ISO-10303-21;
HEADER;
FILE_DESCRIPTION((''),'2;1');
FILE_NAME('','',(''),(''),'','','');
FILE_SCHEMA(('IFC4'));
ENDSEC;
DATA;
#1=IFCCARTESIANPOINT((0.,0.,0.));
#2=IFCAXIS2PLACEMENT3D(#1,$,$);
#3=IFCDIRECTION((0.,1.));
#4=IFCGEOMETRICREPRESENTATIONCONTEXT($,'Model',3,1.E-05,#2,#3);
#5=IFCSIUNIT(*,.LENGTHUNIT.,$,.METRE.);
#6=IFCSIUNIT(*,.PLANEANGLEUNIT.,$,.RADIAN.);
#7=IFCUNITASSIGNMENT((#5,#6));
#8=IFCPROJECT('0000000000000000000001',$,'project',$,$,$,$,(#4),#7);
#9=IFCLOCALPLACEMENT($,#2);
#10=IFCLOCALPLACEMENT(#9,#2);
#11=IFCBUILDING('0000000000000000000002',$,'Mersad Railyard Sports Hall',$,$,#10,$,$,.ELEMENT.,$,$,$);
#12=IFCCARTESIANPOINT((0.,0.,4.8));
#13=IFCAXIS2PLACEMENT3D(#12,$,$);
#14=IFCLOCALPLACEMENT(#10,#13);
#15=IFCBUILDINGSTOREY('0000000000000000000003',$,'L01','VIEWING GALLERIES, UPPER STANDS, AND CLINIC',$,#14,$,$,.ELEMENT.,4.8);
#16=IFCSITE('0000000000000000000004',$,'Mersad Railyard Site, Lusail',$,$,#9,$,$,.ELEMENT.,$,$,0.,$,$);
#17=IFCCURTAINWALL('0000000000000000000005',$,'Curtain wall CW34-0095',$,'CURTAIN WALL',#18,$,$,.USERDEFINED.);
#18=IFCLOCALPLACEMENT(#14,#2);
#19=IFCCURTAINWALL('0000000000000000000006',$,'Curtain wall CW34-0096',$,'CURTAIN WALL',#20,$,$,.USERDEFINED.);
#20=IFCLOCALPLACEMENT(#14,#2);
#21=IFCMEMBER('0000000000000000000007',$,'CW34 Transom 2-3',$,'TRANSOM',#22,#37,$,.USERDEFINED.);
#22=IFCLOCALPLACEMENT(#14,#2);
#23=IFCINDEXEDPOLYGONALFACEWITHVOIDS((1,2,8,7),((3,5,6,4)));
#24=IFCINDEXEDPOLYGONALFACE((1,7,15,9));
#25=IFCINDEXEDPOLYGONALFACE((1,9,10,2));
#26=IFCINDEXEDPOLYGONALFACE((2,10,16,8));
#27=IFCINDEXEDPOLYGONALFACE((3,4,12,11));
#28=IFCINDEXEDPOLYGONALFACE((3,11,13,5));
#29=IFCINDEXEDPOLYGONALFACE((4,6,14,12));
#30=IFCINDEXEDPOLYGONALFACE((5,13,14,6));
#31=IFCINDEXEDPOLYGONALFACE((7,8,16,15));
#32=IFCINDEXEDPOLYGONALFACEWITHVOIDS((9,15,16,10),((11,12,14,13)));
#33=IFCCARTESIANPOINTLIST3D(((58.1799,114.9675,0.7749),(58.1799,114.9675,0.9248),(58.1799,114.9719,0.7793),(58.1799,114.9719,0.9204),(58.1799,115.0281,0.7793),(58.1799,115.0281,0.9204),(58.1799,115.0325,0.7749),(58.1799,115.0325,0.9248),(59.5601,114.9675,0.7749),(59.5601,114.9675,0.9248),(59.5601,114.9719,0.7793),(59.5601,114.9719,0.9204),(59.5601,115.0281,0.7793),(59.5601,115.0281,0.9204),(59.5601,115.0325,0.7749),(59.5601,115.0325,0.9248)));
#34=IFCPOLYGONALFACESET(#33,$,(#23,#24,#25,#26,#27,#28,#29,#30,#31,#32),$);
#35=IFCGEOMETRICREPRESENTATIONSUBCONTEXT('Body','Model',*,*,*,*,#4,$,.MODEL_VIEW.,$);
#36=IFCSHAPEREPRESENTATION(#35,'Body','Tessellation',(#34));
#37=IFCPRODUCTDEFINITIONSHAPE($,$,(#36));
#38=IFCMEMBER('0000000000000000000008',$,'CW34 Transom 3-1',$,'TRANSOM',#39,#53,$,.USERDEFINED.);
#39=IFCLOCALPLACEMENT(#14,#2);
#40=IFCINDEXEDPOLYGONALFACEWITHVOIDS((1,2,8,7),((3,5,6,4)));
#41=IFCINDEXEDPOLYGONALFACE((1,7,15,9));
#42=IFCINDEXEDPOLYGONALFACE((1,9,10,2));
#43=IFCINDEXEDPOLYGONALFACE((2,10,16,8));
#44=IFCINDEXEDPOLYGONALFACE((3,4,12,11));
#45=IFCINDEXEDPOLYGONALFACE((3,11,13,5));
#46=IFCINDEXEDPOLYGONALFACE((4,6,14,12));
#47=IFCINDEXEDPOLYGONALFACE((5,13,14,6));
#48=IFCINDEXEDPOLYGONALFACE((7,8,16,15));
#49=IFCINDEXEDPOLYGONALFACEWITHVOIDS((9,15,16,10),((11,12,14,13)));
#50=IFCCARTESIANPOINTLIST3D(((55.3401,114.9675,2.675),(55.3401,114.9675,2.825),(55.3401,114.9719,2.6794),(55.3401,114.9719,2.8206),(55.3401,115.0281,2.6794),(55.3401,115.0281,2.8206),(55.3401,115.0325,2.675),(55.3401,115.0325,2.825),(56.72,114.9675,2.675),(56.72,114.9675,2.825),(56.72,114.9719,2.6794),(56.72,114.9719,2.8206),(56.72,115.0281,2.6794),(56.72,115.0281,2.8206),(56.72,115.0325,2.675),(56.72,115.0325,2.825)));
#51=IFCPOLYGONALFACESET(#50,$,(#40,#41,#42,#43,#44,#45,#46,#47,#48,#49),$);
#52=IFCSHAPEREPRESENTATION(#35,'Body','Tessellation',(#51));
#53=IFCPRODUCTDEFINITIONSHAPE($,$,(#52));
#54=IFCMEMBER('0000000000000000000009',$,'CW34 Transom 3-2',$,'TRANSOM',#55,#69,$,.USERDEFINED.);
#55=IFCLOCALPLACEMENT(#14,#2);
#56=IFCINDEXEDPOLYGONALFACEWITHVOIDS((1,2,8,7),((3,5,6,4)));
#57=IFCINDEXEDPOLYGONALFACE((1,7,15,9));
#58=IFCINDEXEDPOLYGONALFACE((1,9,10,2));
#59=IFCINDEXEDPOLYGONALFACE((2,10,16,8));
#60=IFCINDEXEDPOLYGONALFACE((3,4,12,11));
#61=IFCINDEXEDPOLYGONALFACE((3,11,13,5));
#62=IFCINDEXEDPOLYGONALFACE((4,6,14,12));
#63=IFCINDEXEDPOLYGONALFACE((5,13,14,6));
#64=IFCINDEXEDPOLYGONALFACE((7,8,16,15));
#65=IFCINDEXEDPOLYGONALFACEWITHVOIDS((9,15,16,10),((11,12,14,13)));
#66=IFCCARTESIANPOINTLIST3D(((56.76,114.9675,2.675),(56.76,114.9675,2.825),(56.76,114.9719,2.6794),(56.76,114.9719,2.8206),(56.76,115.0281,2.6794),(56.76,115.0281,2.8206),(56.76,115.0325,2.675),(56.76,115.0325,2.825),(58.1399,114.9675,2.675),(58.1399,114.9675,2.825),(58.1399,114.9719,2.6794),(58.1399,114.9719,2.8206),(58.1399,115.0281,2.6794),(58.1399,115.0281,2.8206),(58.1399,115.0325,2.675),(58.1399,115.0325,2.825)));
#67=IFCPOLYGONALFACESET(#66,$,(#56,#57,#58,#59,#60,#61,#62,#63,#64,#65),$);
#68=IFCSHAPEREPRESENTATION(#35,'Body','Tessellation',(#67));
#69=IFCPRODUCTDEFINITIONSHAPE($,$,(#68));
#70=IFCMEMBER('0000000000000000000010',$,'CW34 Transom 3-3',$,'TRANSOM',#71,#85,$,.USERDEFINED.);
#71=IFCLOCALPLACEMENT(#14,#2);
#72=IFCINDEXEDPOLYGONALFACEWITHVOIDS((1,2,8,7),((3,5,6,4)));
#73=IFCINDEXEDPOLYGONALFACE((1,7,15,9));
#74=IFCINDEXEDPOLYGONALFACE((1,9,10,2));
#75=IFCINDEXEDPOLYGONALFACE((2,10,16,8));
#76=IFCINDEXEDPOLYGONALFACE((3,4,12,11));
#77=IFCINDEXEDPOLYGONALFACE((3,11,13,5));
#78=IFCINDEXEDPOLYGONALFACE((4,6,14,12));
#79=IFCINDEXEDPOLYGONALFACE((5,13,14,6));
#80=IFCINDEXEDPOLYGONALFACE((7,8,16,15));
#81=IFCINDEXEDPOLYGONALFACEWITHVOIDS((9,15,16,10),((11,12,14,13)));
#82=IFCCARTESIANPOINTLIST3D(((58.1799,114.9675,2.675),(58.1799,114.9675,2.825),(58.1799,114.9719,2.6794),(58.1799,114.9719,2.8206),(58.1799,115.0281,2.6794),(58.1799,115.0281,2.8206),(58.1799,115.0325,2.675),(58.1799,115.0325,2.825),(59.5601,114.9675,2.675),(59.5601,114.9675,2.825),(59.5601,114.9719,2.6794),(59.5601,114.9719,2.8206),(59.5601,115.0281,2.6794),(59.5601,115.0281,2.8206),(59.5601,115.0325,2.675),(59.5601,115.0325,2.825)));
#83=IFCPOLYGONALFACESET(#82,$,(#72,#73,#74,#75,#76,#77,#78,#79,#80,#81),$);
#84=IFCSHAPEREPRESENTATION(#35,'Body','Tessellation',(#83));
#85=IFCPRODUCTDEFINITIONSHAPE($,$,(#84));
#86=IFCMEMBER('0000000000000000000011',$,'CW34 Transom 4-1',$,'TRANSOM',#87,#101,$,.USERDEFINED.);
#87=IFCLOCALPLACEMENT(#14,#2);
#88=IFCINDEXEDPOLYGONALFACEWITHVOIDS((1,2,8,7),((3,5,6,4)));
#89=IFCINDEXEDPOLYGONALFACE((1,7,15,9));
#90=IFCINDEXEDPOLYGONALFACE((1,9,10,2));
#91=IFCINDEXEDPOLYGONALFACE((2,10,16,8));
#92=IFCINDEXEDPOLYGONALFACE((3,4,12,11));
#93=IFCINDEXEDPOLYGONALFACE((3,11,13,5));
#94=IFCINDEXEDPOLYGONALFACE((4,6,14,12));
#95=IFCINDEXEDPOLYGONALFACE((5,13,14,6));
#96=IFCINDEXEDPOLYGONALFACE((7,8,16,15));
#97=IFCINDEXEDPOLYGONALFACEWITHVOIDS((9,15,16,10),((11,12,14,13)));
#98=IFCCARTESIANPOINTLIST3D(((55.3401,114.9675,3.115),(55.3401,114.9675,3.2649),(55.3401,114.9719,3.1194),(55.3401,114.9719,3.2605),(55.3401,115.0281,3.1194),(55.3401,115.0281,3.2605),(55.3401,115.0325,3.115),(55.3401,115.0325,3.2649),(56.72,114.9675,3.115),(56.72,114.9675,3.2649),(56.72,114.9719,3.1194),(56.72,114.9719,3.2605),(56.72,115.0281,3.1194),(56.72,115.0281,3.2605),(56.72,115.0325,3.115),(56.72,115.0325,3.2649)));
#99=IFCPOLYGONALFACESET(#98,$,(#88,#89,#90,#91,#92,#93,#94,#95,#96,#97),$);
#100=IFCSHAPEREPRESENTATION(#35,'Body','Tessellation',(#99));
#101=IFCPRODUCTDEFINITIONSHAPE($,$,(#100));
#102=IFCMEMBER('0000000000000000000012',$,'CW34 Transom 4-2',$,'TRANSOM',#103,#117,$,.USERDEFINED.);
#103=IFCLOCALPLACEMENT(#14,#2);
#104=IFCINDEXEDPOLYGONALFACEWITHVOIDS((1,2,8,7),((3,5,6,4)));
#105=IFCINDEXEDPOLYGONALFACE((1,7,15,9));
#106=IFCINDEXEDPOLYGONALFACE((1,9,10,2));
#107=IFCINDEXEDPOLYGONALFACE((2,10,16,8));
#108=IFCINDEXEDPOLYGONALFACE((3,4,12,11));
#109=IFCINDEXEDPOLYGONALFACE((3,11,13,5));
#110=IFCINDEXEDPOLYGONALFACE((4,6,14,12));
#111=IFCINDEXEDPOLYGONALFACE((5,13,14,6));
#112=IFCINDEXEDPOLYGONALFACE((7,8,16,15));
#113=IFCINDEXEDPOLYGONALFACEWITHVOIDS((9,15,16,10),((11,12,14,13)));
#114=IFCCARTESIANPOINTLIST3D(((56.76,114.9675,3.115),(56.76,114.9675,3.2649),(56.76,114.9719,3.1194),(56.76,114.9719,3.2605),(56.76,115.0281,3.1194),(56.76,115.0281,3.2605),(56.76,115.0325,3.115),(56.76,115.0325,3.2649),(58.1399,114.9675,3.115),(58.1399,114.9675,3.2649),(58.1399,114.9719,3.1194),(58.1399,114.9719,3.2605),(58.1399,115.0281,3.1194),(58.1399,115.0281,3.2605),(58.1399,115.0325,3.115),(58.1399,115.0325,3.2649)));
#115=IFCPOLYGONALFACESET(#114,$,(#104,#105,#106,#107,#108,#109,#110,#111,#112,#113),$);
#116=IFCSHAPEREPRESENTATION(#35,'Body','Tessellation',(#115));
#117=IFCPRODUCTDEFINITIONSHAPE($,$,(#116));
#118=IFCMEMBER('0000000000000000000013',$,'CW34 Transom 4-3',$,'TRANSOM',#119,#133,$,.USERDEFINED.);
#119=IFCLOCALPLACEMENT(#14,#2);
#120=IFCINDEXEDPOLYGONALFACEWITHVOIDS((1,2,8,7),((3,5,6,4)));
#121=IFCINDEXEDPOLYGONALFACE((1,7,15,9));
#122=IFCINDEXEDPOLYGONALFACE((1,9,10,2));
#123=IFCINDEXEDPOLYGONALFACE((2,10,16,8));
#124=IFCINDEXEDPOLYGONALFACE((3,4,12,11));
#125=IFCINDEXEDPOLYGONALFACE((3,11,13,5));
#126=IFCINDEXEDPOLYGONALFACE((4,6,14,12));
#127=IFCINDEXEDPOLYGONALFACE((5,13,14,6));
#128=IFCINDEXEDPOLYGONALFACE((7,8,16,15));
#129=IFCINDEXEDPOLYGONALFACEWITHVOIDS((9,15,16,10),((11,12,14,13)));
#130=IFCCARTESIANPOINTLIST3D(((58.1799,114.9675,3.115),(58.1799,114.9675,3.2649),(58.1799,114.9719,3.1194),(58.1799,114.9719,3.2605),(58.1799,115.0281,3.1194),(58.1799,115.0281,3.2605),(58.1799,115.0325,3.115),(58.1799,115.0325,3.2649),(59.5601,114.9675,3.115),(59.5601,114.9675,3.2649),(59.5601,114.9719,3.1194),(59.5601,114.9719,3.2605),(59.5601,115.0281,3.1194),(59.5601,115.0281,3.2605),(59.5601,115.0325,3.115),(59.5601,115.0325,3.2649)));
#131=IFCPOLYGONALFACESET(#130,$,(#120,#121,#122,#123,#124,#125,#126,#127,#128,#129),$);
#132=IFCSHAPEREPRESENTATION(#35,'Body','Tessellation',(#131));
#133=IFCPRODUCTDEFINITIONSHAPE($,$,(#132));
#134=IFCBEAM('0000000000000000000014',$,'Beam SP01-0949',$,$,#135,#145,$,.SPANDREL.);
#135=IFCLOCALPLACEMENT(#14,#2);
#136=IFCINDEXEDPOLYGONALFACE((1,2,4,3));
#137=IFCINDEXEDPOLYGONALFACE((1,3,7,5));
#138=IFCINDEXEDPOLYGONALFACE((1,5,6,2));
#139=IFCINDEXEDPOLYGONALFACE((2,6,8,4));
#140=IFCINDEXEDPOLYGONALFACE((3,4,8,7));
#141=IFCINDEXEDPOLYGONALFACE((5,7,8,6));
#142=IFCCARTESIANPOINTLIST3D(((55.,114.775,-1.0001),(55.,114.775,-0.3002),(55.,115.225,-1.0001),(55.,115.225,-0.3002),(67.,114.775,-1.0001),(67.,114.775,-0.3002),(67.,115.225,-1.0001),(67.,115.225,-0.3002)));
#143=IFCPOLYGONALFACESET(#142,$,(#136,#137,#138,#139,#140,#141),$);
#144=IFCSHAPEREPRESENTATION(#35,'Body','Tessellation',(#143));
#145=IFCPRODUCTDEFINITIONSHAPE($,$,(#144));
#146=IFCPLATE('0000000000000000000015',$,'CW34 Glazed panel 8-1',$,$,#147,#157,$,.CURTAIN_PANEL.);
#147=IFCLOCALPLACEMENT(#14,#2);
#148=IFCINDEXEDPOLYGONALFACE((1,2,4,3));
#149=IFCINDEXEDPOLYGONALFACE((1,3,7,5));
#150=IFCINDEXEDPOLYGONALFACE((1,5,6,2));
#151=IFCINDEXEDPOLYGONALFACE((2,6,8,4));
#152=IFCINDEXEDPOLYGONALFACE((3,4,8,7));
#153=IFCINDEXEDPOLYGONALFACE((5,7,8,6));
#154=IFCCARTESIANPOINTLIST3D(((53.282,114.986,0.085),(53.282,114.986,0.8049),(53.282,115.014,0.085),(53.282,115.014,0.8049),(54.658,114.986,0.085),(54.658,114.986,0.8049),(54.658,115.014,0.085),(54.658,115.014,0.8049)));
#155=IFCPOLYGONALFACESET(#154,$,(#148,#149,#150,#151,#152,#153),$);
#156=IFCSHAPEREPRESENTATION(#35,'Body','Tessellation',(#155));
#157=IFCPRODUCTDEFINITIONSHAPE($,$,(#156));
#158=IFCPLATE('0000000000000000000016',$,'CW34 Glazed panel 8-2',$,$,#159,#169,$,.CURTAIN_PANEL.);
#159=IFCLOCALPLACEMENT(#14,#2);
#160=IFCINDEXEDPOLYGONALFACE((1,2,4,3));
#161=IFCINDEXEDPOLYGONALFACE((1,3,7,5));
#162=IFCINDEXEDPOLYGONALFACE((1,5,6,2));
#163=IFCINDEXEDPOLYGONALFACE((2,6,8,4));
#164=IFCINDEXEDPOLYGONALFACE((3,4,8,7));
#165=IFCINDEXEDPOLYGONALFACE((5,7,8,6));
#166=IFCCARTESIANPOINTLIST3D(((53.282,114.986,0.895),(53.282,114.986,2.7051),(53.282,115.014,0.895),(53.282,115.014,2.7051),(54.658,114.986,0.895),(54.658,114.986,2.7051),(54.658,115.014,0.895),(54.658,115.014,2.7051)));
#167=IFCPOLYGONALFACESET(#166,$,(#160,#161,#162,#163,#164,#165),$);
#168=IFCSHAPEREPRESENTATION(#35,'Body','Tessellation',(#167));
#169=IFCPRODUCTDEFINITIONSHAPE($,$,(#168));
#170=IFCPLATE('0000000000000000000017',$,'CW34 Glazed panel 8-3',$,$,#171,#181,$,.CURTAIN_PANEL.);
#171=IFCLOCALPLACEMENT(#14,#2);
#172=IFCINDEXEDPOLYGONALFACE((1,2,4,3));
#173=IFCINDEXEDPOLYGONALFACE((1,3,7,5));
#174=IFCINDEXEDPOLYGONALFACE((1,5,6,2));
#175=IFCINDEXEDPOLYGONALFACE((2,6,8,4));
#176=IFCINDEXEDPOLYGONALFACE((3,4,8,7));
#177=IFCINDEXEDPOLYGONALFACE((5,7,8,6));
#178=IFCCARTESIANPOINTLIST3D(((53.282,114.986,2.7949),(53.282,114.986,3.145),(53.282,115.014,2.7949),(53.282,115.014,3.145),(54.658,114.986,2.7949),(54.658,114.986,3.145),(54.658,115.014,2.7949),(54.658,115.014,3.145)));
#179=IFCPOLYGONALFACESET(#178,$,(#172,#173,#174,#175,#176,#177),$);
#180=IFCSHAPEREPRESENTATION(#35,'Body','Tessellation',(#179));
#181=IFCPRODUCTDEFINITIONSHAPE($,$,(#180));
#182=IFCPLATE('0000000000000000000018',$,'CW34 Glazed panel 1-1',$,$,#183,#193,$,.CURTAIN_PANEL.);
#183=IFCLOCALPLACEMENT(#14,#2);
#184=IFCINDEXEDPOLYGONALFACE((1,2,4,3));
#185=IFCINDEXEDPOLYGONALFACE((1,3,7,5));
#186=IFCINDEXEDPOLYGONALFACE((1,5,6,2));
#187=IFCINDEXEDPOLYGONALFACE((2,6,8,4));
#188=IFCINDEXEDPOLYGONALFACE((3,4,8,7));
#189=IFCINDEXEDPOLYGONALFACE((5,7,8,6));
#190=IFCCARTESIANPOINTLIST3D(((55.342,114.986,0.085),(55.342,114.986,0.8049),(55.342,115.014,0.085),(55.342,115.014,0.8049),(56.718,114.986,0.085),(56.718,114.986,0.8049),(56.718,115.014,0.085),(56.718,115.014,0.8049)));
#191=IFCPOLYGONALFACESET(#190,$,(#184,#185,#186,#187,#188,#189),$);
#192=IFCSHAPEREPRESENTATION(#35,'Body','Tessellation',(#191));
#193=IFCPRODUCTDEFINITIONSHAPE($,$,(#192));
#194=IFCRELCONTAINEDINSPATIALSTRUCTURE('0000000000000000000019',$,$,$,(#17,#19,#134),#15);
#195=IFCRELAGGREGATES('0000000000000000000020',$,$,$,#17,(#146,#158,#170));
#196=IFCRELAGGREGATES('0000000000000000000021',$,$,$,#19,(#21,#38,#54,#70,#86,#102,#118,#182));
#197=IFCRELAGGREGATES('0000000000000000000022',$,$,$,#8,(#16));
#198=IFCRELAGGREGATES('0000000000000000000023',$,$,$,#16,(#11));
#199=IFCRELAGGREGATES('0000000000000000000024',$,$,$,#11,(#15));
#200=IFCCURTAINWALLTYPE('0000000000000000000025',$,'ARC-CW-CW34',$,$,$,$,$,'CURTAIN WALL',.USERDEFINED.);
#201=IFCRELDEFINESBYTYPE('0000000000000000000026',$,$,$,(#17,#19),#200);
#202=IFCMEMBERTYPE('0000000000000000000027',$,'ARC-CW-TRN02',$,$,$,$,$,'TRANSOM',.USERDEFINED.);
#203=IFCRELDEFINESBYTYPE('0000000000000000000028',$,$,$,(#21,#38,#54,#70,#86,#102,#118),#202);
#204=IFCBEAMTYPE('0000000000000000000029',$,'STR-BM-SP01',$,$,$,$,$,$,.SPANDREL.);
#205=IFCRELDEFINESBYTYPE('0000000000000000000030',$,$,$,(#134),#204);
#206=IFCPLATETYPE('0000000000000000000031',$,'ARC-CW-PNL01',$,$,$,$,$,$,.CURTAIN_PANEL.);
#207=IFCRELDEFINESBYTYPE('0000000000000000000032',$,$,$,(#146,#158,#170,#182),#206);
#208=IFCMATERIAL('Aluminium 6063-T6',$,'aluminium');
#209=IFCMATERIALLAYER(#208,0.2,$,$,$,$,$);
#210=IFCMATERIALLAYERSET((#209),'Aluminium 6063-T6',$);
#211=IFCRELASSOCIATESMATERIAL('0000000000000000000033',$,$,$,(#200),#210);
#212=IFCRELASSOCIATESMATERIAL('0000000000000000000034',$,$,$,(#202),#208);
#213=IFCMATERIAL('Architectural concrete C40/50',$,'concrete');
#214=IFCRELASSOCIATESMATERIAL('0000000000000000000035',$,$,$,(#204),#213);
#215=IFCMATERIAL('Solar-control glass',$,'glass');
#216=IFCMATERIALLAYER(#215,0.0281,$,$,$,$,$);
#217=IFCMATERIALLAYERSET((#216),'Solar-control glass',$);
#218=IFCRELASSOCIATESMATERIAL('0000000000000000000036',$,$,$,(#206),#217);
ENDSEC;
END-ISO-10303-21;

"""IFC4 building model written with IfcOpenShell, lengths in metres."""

from ifc_helpers import new_model, si_unit, direction, frame, origin, origin_2d, place, context, subcontext, project, spatial, rectangle, hollow_rectangle, extrude, material, layer, layer_set, material_profile, profile_set, type_object, element, aggregate, save


model = new_model("IFC4")

# Units and contexts
model_context = context("Model", 3, precision=1e-05, world=origin(), true_north=direction((0.0, 1.0)))
body_context = subcontext(model_context, "Body", "Model", "MODEL_VIEW")
ifc_project = project(units=[si_unit("LENGTHUNIT", "METRE"), si_unit("PLANEANGLEUNIT", "RADIAN")], contexts=[model_context])

# Site, building, storey
site_placement = place(None, origin())
site = spatial("IfcSite", under=ifc_project, at=site_placement, Name="Mersad Railyard Site, Lusail", CompositionType="ELEMENT", RefElevation=0.0)
building_placement = place(site_placement, origin())
building = spatial("IfcBuilding", under=site, at=building_placement, Name="Mersad Railyard Sports Hall", CompositionType="ELEMENT")
storey_placement = place(building_placement, frame((0.0, 0.0, 4.8)))
storey = spatial("IfcBuildingStorey", under=building, at=storey_placement, Name="L01", Description="VIEWING GALLERIES, UPPER STANDS, AND CLINIC", CompositionType="ELEMENT", Elevation=4.8)

# Curtain wall
ifc_material_1 = material(Name="Aluminium 6063-T6", Category="aluminium")
ifc_layer_1 = layer(ifc_material_1, 0.2)
ifc_layer_set_1 = layer_set([ifc_layer_1], Name="Aluminium 6063-T6")
curtain_wall_type = type_object("IfcCurtainWallType", Name="ARC-CW-CW34", ElementType="CURTAIN WALL", PredefinedType="USERDEFINED", material=ifc_layer_set_1)
curtain_wall_1_placement = place(storey_placement, origin())
curtain_wall_1 = element("IfcCurtainWall", 1, at=curtain_wall_1_placement, inside=storey, type_object=curtain_wall_type, Name="Curtain wall CW34-0095", ObjectType="CURTAIN WALL", PredefinedType="USERDEFINED")

# Curtain wall, members
curtain_wall_2_placement = place(storey_placement, origin())
curtain_wall_2 = element("IfcCurtainWall", 2, at=curtain_wall_2_placement, inside=storey, type_object=curtain_wall_type, Name="Curtain wall CW34-0096", ObjectType="CURTAIN WALL", PredefinedType="USERDEFINED")
ifc_material_profile_1 = material_profile(ifc_material_1, hollow_rectangle(XDim=0.0649, YDim=0.1499, WallThickness=0.0044, at=origin_2d()), Name="AL TRANSOM 65x150x4.5")
ifc_profile_set_1 = profile_set([ifc_material_profile_1], Name="Aluminium 6063-T6")
member_type_1 = type_object("IfcMemberType", Name="ARC-CW-TRN02", ElementType="TRANSOM", PredefinedType="USERDEFINED", material=ifc_profile_set_1)
member_1_placement = place(storey_placement, frame((58.1799, 115.0, 0.8499), z_axis=(1.0, 0.0, 0.0), x_axis=(0.0, 1.0, 0.0)))
member_1 = element("IfcMember", 3, at=member_1_placement, type_object=member_type_1, Name="CW34 Transom 2-3", ObjectType="TRANSOM", PredefinedType="USERDEFINED", context=body_context, shape_type="SweptSolid", body=[
    extrude(hollow_rectangle(XDim=0.0649, YDim=0.1499, WallThickness=0.0044, at=origin_2d()), origin(), (0.0, 0.0, 1.0), 1.3801),
])
member_2_placement = place(storey_placement, frame((55.3401, 115.0, 2.75), z_axis=(1.0, 0.0, 0.0), x_axis=(0.0, 1.0, 0.0)))
member_2 = element("IfcMember", 4, at=member_2_placement, type_object=member_type_1, Name="CW34 Transom 3-1", ObjectType="TRANSOM", PredefinedType="USERDEFINED", context=body_context, shape_type="SweptSolid", body=[
    extrude(hollow_rectangle(XDim=0.0649, YDim=0.1499, WallThickness=0.0044, at=origin_2d()), origin(), (0.0, 0.0, 1.0), 1.3799),
])
member_3_placement = place(storey_placement, frame((56.76, 115.0, 2.75), z_axis=(1.0, 0.0, 0.0), x_axis=(0.0, 1.0, 0.0)))
member_3 = element("IfcMember", 5, at=member_3_placement, type_object=member_type_1, Name="CW34 Transom 3-2", ObjectType="TRANSOM", PredefinedType="USERDEFINED", context=body_context, shape_type="SweptSolid", body=[
    extrude(hollow_rectangle(XDim=0.0649, YDim=0.1499, WallThickness=0.0044, at=origin_2d()), origin(), (0.0, 0.0, 1.0), 1.3799),
])
member_4_placement = place(storey_placement, frame((58.1799, 115.0, 2.75), z_axis=(1.0, 0.0, 0.0), x_axis=(0.0, 1.0, 0.0)))
member_4 = element("IfcMember", 6, at=member_4_placement, type_object=member_type_1, Name="CW34 Transom 3-3", ObjectType="TRANSOM", PredefinedType="USERDEFINED", context=body_context, shape_type="SweptSolid", body=[
    extrude(hollow_rectangle(XDim=0.0649, YDim=0.1499, WallThickness=0.0044, at=origin_2d()), origin(), (0.0, 0.0, 1.0), 1.3801),
])
member_5_placement = place(storey_placement, frame((55.3401, 115.0, 3.1899), z_axis=(1.0, 0.0, 0.0), x_axis=(0.0, 1.0, 0.0)))
member_5 = element("IfcMember", 7, at=member_5_placement, type_object=member_type_1, Name="CW34 Transom 4-1", ObjectType="TRANSOM", PredefinedType="USERDEFINED", context=body_context, shape_type="SweptSolid", body=[
    extrude(hollow_rectangle(XDim=0.0649, YDim=0.1499, WallThickness=0.0044, at=origin_2d()), origin(), (0.0, 0.0, 1.0), 1.3799),
])
member_6_placement = place(storey_placement, frame((56.76, 115.0, 3.1899), z_axis=(1.0, 0.0, 0.0), x_axis=(0.0, 1.0, 0.0)))
member_6 = element("IfcMember", 8, at=member_6_placement, type_object=member_type_1, Name="CW34 Transom 4-2", ObjectType="TRANSOM", PredefinedType="USERDEFINED", context=body_context, shape_type="SweptSolid", body=[
    extrude(hollow_rectangle(XDim=0.0649, YDim=0.1499, WallThickness=0.0044, at=origin_2d()), origin(), (0.0, 0.0, 1.0), 1.3799),
])
member_7_placement = place(storey_placement, frame((58.1799, 115.0, 3.1899), z_axis=(1.0, 0.0, 0.0), x_axis=(0.0, 1.0, 0.0)))
member_7 = element("IfcMember", 9, at=member_7_placement, type_object=member_type_1, Name="CW34 Transom 4-3", ObjectType="TRANSOM", PredefinedType="USERDEFINED", context=body_context, shape_type="SweptSolid", body=[
    extrude(hollow_rectangle(XDim=0.0649, YDim=0.1499, WallThickness=0.0044, at=origin_2d()), origin(), (0.0, 0.0, 1.0), 1.3801),
])

# Beam
ifc_material_2 = material(Name="Architectural concrete C40/50", Category="concrete")
ifc_material_profile_2 = material_profile(ifc_material_2, rectangle(XDim=0.45, YDim=0.7, at=origin_2d()), Name="RC 450x700")
ifc_profile_set_2 = profile_set([ifc_material_profile_2], Name="Architectural concrete C40/50")
beam_type = type_object("IfcBeamType", Name="STR-BM-SP01", PredefinedType="SPANDREL", material=ifc_profile_set_2)
beam_placement = place(storey_placement, frame((55.0, 115.0, -0.6501), z_axis=(1.0, 0.0, 0.0), x_axis=(0.0, 1.0, 0.0)))
element("IfcBeam", 10, at=beam_placement, inside=storey, type_object=beam_type, Name="Beam SP01-0949", PredefinedType="SPANDREL", context=body_context, shape_type="SweptSolid", body=[
    extrude(rectangle(XDim=0.45, YDim=0.7, at=origin_2d()), origin(), (0.0, 0.0, 1.0), 12.0),
])

# Plates
ifc_material_3 = material(Name="Solar-control glass", Category="glass")
ifc_layer_2 = layer(ifc_material_3, 0.0281)
ifc_layer_set_2 = layer_set([ifc_layer_2], Name="Solar-control glass")
plate_type = type_object("IfcPlateType", Name="ARC-CW-PNL01", PredefinedType="CURTAIN_PANEL", material=ifc_layer_set_2)
plate_1_placement = place(storey_placement, frame((53.97, 115.0, 0.085), z_axis=(0.0, 0.0, 1.0), x_axis=(1.0, 0.0, 0.0)))
plate_1 = element("IfcPlate", 11, at=plate_1_placement, type_object=plate_type, Name="CW34 Glazed panel 8-1", PredefinedType="CURTAIN_PANEL", context=body_context, shape_type="SweptSolid", body=[
    extrude(rectangle(XDim=1.376, YDim=0.0281, at=origin_2d()), origin(), (0.0, 0.0, 1.0), 0.72),
])
plate_2_placement = place(storey_placement, frame((53.97, 115.0, 0.895), z_axis=(0.0, 0.0, 1.0), x_axis=(1.0, 0.0, 0.0)))
plate_2 = element("IfcPlate", 12, at=plate_2_placement, type_object=plate_type, Name="CW34 Glazed panel 8-2", PredefinedType="CURTAIN_PANEL", context=body_context, shape_type="SweptSolid", body=[
    extrude(rectangle(XDim=1.376, YDim=0.0281, at=origin_2d()), origin(), (0.0, 0.0, 1.0), 1.8101),
])
plate_3_placement = place(storey_placement, frame((53.97, 115.0, 2.7949), z_axis=(0.0, 0.0, 1.0), x_axis=(1.0, 0.0, 0.0)))
plate_3 = element("IfcPlate", 13, at=plate_3_placement, type_object=plate_type, Name="CW34 Glazed panel 8-3", PredefinedType="CURTAIN_PANEL", context=body_context, shape_type="SweptSolid", body=[
    extrude(rectangle(XDim=1.376, YDim=0.0281, at=origin_2d()), origin(), (0.0, 0.0, 1.0), 0.3501),
])
aggregate(curtain_wall_1, [plate_1, plate_2, plate_3])
plate_4_placement = place(storey_placement, frame((56.03, 115.0, 0.085), z_axis=(0.0, 0.0, 1.0), x_axis=(1.0, 0.0, 0.0)))
plate_4 = element("IfcPlate", 14, at=plate_4_placement, type_object=plate_type, Name="CW34 Glazed panel 1-1", PredefinedType="CURTAIN_PANEL", context=body_context, shape_type="SweptSolid", body=[
    extrude(rectangle(XDim=1.376, YDim=0.0281, at=origin_2d()), origin(), (0.0, 0.0, 1.0), 0.72),
])
aggregate(curtain_wall_2, [member_1, member_2, member_3, member_4, member_5, member_6, member_7, plate_4])

save(model, "model.ifc")
